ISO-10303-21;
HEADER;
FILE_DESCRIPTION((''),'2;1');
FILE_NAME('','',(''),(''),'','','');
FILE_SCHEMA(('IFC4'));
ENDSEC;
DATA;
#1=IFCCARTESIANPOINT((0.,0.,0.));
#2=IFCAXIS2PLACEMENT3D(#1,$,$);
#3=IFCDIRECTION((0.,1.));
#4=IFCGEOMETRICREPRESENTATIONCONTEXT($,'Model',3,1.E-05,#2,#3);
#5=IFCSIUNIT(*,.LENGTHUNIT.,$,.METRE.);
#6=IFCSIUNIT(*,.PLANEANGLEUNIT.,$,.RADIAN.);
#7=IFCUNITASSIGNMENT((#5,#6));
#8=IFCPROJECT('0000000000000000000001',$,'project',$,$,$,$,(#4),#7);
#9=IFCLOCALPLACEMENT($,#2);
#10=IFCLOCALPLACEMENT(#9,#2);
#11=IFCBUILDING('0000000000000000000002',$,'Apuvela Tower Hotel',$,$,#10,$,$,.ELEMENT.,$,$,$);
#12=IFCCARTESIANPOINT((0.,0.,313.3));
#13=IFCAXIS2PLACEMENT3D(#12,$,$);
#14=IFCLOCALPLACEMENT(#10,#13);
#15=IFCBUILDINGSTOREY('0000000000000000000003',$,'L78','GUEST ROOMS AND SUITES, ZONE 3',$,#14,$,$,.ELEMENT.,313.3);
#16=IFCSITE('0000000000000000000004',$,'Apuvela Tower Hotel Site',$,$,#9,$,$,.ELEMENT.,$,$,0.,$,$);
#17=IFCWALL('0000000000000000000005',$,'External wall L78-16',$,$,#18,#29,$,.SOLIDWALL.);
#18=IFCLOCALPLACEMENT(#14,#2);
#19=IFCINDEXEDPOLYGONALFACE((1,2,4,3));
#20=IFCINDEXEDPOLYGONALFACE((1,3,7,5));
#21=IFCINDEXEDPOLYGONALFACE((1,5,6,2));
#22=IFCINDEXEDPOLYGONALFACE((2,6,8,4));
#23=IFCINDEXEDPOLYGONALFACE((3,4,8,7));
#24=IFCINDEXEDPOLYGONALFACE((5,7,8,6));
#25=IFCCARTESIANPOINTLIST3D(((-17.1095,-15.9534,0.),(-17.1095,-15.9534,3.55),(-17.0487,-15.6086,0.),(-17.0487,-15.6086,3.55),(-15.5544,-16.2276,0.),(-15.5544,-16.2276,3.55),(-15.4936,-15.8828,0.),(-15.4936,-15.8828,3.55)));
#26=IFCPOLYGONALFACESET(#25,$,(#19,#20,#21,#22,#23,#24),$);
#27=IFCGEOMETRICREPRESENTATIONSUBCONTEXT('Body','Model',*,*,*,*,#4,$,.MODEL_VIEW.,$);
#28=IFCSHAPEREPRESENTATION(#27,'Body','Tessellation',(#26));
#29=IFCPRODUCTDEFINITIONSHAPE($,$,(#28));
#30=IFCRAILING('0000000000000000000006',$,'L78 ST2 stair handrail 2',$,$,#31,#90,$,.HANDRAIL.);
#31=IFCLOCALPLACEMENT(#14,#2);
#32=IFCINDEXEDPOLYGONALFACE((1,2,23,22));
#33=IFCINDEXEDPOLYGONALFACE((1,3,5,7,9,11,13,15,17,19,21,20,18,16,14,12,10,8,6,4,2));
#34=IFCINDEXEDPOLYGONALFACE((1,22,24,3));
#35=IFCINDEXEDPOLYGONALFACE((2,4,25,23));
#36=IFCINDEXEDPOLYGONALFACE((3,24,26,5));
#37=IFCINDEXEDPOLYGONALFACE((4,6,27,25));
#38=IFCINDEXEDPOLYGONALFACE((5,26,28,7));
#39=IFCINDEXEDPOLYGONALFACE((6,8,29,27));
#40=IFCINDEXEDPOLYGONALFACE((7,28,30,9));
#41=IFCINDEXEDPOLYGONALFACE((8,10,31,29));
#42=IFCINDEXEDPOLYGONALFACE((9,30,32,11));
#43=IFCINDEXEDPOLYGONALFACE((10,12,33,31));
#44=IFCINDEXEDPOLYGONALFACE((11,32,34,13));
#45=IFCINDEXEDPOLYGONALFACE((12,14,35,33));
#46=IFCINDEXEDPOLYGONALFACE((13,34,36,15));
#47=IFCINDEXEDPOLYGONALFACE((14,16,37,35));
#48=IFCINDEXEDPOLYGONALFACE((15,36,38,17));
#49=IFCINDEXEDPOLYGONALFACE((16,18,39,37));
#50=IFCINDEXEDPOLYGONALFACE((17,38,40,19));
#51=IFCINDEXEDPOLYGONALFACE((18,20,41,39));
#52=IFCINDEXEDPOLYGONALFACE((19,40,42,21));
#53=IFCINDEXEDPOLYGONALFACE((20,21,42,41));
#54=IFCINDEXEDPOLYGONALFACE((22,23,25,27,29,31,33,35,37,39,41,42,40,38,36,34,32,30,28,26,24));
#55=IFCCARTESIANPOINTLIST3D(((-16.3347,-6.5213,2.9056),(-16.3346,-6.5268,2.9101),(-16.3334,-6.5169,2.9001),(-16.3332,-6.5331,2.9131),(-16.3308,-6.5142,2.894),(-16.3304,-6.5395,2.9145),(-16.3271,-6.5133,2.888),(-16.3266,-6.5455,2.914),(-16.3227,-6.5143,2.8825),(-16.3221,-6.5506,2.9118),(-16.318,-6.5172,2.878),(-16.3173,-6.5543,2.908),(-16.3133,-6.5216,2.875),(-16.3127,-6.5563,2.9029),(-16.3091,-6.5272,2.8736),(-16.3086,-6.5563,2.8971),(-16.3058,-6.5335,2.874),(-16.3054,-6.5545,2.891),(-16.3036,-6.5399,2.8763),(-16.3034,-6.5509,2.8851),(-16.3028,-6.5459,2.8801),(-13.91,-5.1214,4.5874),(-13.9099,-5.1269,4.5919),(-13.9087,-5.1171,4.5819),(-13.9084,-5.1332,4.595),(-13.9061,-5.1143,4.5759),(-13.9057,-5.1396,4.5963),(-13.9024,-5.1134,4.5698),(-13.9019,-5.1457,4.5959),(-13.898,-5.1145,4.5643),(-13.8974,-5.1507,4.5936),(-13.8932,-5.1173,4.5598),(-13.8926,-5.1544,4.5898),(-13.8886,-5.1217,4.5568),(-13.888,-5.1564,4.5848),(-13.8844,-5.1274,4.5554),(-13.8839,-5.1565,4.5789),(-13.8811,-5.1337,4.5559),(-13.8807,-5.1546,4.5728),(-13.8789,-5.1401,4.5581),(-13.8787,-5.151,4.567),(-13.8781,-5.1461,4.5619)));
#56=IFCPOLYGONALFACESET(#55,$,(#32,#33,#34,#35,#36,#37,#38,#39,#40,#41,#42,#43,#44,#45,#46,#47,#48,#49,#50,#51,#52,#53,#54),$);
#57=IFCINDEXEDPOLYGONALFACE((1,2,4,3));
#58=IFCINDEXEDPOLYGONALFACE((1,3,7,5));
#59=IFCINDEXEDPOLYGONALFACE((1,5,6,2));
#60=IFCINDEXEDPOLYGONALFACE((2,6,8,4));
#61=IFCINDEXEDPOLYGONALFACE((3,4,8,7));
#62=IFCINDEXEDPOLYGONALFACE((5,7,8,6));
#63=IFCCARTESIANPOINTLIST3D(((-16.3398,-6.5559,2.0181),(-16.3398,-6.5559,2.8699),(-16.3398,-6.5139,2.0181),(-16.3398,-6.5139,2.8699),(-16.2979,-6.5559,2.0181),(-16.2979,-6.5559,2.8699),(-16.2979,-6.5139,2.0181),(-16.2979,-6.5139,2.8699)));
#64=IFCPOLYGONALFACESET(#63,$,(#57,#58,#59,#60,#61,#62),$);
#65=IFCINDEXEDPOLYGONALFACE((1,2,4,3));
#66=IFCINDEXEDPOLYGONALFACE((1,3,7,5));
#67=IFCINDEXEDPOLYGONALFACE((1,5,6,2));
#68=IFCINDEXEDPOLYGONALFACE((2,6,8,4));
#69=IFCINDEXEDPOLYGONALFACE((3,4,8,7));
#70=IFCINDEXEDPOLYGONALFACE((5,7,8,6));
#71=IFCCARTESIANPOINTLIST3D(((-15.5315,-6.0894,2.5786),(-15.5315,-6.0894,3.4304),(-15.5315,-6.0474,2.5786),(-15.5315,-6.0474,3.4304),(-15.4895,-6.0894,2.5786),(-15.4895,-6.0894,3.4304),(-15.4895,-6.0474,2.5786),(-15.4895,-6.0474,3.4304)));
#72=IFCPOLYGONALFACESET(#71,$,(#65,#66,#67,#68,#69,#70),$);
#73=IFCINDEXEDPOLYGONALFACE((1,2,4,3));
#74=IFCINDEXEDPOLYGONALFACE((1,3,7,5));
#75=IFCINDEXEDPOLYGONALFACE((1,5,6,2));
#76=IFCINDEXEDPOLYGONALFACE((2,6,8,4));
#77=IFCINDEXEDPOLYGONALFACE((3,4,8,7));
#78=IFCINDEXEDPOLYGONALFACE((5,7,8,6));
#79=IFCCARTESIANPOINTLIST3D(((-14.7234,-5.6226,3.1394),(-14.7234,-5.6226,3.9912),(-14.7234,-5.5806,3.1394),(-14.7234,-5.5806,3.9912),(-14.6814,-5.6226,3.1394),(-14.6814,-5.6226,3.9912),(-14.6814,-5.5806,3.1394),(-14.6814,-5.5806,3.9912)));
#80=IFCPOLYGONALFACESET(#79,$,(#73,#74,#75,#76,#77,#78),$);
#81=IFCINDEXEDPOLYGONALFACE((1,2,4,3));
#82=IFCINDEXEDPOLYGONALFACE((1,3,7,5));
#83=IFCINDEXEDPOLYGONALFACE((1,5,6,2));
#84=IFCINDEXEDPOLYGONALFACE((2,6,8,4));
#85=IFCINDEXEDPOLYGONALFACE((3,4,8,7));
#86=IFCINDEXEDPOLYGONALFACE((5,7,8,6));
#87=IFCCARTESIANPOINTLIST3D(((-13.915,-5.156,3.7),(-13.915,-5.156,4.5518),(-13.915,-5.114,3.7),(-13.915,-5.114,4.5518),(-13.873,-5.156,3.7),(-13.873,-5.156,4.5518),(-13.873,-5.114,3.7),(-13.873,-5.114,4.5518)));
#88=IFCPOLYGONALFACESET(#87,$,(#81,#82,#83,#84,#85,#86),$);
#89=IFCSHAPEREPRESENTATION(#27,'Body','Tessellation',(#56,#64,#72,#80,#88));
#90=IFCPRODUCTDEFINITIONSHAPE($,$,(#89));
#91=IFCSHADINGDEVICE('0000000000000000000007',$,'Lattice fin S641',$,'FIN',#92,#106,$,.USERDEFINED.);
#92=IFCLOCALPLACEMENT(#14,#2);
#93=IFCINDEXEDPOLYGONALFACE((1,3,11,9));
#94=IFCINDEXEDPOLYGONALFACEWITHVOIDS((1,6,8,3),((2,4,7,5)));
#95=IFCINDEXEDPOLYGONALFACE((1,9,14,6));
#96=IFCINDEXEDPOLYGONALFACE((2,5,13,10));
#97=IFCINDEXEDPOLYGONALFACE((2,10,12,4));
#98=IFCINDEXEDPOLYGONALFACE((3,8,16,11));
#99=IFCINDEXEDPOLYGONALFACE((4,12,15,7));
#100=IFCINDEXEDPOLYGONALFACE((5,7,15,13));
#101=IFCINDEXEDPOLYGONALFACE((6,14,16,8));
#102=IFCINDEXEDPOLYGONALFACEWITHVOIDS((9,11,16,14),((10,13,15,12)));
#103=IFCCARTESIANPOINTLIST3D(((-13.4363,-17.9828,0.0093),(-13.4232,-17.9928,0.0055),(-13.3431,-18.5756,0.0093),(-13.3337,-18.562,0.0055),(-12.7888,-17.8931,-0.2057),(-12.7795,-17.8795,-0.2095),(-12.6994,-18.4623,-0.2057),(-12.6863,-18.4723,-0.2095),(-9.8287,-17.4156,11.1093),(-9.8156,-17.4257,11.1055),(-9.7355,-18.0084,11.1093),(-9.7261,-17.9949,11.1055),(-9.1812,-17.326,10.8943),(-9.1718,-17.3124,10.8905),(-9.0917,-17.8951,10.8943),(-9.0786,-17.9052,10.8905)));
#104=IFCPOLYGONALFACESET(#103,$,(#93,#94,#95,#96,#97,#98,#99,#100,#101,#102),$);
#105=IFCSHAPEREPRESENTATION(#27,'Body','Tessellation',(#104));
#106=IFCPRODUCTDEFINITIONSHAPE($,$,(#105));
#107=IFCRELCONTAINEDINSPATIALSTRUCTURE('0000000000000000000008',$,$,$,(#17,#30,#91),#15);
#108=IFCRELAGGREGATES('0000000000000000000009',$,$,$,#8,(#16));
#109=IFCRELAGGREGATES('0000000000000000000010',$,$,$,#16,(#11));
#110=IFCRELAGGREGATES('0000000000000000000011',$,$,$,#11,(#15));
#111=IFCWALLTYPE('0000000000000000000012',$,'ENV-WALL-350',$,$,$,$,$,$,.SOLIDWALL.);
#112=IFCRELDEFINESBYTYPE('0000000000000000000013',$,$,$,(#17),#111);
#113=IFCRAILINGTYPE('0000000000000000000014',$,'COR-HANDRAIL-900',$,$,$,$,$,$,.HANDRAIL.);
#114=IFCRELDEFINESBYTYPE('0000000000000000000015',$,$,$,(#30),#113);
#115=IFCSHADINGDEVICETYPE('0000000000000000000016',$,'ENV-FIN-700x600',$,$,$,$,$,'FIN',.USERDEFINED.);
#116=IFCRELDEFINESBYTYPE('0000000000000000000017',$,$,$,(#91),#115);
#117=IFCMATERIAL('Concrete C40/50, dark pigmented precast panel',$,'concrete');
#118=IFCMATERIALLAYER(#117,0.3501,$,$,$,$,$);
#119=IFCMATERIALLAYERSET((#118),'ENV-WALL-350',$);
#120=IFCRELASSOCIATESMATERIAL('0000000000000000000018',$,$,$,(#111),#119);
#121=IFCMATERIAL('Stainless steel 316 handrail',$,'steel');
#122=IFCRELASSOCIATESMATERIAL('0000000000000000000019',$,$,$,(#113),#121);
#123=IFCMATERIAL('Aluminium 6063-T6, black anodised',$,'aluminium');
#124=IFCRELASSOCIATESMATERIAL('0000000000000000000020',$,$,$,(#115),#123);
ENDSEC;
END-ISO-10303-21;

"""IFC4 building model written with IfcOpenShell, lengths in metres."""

from ifc_helpers import new_model, si_unit, direction, frame, frame_2d, origin, origin_2d, place, context, subcontext, project, spatial, rectangle, hollow_rectangle, circle, extrude, material, layer, layer_set, material_profile, profile_set, type_object, element, save


model = new_model("IFC4")

# Units and contexts
model_context = context("Model", 3, precision=1e-05, world=origin(), true_north=direction((0.0, 1.0)))
body_context = subcontext(model_context, "Body", "Model", "MODEL_VIEW")
ifc_project = project(units=[si_unit("LENGTHUNIT", "METRE"), si_unit("PLANEANGLEUNIT", "RADIAN")], contexts=[model_context])

# Site, building, storey
site_placement = place(None, origin())
site = spatial("IfcSite", under=ifc_project, at=site_placement, Name="Apuvela Tower Hotel Site", CompositionType="ELEMENT", RefElevation=0.0)
building_placement = place(site_placement, origin())
building = spatial("IfcBuilding", under=site, at=building_placement, Name="Apuvela Tower Hotel", CompositionType="ELEMENT")
storey_placement = place(building_placement, frame((0.0, 0.0, 313.3)))
storey = spatial("IfcBuildingStorey", under=building, at=storey_placement, Name="L78", Description="GUEST ROOMS AND SUITES, ZONE 3", CompositionType="ELEMENT", Elevation=313.3)

# Wall
ifc_material_1 = material(Name="Concrete C40/50, dark pigmented precast panel", Category="concrete")
ifc_layer_1 = layer(ifc_material_1, 0.3501)
ifc_layer_set_1 = layer_set([ifc_layer_1], Name="ENV-WALL-350")
wall_type_1 = type_object("IfcWallType", Name="ENV-WALL-350", PredefinedType="SOLIDWALL", material=ifc_layer_set_1)
for number, where, z_axis, x_axis, name in (
    (1, (-17.0791, -15.781, 0.0), (0.0, 0.0, 1.0), (0.984813, -0.173618, 0.0), "External wall L78-16"),
):
    element("IfcWall", number, at=place(storey_placement, frame(where, z_axis=z_axis, x_axis=x_axis)), inside=storey, type_object=wall_type_1, Name=name, PredefinedType="SOLIDWALL", context=body_context, shape_type="SweptSolid", body=[
        extrude(rectangle(XDim=1.5791, YDim=0.3501, at=frame_2d((0.7896, 0.0))), origin(), (0.0, 0.0, 1.0), 3.55),
    ])

# Railing
ifc_material_2 = material(Name="Stainless steel 316 handrail", Category="steel")
railing_type_1 = type_object("IfcRailingType", Name="COR-HANDRAIL-900", PredefinedType="HANDRAIL", material=ifc_material_2)
railing_1_placement = place(storey_placement, frame((-16.3188, -6.5349, 2.0181)))
element("IfcRailing", 2, at=railing_1_placement, inside=storey, type_object=railing_type_1, Name="L78 ST2 stair handrail 2", PredefinedType="HANDRAIL", context=body_context, shape_type="SweptSolid", body=[
    extrude(circle(Radius=0.0239, at=origin_2d()), frame((0.0, 0.0, 0.876), z_axis=(0.74239, 0.428601, 0.514934), x_axis=(-0.499984, 0.866035, 0.0)), (0.0, 0.0, 1.0), 3.2661),
    extrude(rectangle(XDim=0.042, YDim=0.042, at=origin_2d()), origin(), (0.0, 0.0, 1.0), 0.8518),
    extrude(rectangle(XDim=0.042, YDim=0.042, at=origin_2d()), frame((0.8083, 0.4666, 0.5605)), (0.0, 0.0, 1.0), 0.8518),
    extrude(rectangle(XDim=0.042, YDim=0.042, at=origin_2d()), frame((1.6165, 0.9333, 1.1213)), (0.0, 0.0, 1.0), 0.8518),
    extrude(rectangle(XDim=0.042, YDim=0.042, at=origin_2d()), frame((2.4248, 1.3999, 1.6819)), (0.0, 0.0, 1.0), 0.8518),
])

# Shading device
ifc_material_3 = material(Name="Aluminium 6063-T6, black anodised", Category="aluminium")
ifc_material_profile_1 = material_profile(ifc_material_3, hollow_rectangle(XDim=0.6001, YDim=0.7, WallThickness=0.012, at=origin_2d()), Name="AL BOX 700x600x12")
ifc_profile_set_1 = profile_set([ifc_material_profile_1], Name="Aluminium 6063-T6, black anodised")
shading_device_type = type_object("IfcShadingDeviceType", Name="ENV-FIN-700x600", ElementType="FIN", PredefinedType="USERDEFINED", material=ifc_profile_set_1)
shading_device_placement = place(storey_placement, frame((-13.0613, -18.2275, -0.1001), z_axis=(0.308732, 0.048534, 0.94991), x_axis=(-0.155297, 0.987868, 0.0)))
element("IfcShadingDevice", 3, at=shading_device_placement, inside=storey, type_object=shading_device_type, Name="Lattice fin S641", ObjectType="FIN", PredefinedType="USERDEFINED", context=body_context, shape_type="SweptSolid", body=[
    extrude(hollow_rectangle(XDim=0.6001, YDim=0.7, WallThickness=0.012, at=origin_2d()), origin(), (0.0, 0.0, 1.0), 11.6853),
])

save(model, "model.ifc")
